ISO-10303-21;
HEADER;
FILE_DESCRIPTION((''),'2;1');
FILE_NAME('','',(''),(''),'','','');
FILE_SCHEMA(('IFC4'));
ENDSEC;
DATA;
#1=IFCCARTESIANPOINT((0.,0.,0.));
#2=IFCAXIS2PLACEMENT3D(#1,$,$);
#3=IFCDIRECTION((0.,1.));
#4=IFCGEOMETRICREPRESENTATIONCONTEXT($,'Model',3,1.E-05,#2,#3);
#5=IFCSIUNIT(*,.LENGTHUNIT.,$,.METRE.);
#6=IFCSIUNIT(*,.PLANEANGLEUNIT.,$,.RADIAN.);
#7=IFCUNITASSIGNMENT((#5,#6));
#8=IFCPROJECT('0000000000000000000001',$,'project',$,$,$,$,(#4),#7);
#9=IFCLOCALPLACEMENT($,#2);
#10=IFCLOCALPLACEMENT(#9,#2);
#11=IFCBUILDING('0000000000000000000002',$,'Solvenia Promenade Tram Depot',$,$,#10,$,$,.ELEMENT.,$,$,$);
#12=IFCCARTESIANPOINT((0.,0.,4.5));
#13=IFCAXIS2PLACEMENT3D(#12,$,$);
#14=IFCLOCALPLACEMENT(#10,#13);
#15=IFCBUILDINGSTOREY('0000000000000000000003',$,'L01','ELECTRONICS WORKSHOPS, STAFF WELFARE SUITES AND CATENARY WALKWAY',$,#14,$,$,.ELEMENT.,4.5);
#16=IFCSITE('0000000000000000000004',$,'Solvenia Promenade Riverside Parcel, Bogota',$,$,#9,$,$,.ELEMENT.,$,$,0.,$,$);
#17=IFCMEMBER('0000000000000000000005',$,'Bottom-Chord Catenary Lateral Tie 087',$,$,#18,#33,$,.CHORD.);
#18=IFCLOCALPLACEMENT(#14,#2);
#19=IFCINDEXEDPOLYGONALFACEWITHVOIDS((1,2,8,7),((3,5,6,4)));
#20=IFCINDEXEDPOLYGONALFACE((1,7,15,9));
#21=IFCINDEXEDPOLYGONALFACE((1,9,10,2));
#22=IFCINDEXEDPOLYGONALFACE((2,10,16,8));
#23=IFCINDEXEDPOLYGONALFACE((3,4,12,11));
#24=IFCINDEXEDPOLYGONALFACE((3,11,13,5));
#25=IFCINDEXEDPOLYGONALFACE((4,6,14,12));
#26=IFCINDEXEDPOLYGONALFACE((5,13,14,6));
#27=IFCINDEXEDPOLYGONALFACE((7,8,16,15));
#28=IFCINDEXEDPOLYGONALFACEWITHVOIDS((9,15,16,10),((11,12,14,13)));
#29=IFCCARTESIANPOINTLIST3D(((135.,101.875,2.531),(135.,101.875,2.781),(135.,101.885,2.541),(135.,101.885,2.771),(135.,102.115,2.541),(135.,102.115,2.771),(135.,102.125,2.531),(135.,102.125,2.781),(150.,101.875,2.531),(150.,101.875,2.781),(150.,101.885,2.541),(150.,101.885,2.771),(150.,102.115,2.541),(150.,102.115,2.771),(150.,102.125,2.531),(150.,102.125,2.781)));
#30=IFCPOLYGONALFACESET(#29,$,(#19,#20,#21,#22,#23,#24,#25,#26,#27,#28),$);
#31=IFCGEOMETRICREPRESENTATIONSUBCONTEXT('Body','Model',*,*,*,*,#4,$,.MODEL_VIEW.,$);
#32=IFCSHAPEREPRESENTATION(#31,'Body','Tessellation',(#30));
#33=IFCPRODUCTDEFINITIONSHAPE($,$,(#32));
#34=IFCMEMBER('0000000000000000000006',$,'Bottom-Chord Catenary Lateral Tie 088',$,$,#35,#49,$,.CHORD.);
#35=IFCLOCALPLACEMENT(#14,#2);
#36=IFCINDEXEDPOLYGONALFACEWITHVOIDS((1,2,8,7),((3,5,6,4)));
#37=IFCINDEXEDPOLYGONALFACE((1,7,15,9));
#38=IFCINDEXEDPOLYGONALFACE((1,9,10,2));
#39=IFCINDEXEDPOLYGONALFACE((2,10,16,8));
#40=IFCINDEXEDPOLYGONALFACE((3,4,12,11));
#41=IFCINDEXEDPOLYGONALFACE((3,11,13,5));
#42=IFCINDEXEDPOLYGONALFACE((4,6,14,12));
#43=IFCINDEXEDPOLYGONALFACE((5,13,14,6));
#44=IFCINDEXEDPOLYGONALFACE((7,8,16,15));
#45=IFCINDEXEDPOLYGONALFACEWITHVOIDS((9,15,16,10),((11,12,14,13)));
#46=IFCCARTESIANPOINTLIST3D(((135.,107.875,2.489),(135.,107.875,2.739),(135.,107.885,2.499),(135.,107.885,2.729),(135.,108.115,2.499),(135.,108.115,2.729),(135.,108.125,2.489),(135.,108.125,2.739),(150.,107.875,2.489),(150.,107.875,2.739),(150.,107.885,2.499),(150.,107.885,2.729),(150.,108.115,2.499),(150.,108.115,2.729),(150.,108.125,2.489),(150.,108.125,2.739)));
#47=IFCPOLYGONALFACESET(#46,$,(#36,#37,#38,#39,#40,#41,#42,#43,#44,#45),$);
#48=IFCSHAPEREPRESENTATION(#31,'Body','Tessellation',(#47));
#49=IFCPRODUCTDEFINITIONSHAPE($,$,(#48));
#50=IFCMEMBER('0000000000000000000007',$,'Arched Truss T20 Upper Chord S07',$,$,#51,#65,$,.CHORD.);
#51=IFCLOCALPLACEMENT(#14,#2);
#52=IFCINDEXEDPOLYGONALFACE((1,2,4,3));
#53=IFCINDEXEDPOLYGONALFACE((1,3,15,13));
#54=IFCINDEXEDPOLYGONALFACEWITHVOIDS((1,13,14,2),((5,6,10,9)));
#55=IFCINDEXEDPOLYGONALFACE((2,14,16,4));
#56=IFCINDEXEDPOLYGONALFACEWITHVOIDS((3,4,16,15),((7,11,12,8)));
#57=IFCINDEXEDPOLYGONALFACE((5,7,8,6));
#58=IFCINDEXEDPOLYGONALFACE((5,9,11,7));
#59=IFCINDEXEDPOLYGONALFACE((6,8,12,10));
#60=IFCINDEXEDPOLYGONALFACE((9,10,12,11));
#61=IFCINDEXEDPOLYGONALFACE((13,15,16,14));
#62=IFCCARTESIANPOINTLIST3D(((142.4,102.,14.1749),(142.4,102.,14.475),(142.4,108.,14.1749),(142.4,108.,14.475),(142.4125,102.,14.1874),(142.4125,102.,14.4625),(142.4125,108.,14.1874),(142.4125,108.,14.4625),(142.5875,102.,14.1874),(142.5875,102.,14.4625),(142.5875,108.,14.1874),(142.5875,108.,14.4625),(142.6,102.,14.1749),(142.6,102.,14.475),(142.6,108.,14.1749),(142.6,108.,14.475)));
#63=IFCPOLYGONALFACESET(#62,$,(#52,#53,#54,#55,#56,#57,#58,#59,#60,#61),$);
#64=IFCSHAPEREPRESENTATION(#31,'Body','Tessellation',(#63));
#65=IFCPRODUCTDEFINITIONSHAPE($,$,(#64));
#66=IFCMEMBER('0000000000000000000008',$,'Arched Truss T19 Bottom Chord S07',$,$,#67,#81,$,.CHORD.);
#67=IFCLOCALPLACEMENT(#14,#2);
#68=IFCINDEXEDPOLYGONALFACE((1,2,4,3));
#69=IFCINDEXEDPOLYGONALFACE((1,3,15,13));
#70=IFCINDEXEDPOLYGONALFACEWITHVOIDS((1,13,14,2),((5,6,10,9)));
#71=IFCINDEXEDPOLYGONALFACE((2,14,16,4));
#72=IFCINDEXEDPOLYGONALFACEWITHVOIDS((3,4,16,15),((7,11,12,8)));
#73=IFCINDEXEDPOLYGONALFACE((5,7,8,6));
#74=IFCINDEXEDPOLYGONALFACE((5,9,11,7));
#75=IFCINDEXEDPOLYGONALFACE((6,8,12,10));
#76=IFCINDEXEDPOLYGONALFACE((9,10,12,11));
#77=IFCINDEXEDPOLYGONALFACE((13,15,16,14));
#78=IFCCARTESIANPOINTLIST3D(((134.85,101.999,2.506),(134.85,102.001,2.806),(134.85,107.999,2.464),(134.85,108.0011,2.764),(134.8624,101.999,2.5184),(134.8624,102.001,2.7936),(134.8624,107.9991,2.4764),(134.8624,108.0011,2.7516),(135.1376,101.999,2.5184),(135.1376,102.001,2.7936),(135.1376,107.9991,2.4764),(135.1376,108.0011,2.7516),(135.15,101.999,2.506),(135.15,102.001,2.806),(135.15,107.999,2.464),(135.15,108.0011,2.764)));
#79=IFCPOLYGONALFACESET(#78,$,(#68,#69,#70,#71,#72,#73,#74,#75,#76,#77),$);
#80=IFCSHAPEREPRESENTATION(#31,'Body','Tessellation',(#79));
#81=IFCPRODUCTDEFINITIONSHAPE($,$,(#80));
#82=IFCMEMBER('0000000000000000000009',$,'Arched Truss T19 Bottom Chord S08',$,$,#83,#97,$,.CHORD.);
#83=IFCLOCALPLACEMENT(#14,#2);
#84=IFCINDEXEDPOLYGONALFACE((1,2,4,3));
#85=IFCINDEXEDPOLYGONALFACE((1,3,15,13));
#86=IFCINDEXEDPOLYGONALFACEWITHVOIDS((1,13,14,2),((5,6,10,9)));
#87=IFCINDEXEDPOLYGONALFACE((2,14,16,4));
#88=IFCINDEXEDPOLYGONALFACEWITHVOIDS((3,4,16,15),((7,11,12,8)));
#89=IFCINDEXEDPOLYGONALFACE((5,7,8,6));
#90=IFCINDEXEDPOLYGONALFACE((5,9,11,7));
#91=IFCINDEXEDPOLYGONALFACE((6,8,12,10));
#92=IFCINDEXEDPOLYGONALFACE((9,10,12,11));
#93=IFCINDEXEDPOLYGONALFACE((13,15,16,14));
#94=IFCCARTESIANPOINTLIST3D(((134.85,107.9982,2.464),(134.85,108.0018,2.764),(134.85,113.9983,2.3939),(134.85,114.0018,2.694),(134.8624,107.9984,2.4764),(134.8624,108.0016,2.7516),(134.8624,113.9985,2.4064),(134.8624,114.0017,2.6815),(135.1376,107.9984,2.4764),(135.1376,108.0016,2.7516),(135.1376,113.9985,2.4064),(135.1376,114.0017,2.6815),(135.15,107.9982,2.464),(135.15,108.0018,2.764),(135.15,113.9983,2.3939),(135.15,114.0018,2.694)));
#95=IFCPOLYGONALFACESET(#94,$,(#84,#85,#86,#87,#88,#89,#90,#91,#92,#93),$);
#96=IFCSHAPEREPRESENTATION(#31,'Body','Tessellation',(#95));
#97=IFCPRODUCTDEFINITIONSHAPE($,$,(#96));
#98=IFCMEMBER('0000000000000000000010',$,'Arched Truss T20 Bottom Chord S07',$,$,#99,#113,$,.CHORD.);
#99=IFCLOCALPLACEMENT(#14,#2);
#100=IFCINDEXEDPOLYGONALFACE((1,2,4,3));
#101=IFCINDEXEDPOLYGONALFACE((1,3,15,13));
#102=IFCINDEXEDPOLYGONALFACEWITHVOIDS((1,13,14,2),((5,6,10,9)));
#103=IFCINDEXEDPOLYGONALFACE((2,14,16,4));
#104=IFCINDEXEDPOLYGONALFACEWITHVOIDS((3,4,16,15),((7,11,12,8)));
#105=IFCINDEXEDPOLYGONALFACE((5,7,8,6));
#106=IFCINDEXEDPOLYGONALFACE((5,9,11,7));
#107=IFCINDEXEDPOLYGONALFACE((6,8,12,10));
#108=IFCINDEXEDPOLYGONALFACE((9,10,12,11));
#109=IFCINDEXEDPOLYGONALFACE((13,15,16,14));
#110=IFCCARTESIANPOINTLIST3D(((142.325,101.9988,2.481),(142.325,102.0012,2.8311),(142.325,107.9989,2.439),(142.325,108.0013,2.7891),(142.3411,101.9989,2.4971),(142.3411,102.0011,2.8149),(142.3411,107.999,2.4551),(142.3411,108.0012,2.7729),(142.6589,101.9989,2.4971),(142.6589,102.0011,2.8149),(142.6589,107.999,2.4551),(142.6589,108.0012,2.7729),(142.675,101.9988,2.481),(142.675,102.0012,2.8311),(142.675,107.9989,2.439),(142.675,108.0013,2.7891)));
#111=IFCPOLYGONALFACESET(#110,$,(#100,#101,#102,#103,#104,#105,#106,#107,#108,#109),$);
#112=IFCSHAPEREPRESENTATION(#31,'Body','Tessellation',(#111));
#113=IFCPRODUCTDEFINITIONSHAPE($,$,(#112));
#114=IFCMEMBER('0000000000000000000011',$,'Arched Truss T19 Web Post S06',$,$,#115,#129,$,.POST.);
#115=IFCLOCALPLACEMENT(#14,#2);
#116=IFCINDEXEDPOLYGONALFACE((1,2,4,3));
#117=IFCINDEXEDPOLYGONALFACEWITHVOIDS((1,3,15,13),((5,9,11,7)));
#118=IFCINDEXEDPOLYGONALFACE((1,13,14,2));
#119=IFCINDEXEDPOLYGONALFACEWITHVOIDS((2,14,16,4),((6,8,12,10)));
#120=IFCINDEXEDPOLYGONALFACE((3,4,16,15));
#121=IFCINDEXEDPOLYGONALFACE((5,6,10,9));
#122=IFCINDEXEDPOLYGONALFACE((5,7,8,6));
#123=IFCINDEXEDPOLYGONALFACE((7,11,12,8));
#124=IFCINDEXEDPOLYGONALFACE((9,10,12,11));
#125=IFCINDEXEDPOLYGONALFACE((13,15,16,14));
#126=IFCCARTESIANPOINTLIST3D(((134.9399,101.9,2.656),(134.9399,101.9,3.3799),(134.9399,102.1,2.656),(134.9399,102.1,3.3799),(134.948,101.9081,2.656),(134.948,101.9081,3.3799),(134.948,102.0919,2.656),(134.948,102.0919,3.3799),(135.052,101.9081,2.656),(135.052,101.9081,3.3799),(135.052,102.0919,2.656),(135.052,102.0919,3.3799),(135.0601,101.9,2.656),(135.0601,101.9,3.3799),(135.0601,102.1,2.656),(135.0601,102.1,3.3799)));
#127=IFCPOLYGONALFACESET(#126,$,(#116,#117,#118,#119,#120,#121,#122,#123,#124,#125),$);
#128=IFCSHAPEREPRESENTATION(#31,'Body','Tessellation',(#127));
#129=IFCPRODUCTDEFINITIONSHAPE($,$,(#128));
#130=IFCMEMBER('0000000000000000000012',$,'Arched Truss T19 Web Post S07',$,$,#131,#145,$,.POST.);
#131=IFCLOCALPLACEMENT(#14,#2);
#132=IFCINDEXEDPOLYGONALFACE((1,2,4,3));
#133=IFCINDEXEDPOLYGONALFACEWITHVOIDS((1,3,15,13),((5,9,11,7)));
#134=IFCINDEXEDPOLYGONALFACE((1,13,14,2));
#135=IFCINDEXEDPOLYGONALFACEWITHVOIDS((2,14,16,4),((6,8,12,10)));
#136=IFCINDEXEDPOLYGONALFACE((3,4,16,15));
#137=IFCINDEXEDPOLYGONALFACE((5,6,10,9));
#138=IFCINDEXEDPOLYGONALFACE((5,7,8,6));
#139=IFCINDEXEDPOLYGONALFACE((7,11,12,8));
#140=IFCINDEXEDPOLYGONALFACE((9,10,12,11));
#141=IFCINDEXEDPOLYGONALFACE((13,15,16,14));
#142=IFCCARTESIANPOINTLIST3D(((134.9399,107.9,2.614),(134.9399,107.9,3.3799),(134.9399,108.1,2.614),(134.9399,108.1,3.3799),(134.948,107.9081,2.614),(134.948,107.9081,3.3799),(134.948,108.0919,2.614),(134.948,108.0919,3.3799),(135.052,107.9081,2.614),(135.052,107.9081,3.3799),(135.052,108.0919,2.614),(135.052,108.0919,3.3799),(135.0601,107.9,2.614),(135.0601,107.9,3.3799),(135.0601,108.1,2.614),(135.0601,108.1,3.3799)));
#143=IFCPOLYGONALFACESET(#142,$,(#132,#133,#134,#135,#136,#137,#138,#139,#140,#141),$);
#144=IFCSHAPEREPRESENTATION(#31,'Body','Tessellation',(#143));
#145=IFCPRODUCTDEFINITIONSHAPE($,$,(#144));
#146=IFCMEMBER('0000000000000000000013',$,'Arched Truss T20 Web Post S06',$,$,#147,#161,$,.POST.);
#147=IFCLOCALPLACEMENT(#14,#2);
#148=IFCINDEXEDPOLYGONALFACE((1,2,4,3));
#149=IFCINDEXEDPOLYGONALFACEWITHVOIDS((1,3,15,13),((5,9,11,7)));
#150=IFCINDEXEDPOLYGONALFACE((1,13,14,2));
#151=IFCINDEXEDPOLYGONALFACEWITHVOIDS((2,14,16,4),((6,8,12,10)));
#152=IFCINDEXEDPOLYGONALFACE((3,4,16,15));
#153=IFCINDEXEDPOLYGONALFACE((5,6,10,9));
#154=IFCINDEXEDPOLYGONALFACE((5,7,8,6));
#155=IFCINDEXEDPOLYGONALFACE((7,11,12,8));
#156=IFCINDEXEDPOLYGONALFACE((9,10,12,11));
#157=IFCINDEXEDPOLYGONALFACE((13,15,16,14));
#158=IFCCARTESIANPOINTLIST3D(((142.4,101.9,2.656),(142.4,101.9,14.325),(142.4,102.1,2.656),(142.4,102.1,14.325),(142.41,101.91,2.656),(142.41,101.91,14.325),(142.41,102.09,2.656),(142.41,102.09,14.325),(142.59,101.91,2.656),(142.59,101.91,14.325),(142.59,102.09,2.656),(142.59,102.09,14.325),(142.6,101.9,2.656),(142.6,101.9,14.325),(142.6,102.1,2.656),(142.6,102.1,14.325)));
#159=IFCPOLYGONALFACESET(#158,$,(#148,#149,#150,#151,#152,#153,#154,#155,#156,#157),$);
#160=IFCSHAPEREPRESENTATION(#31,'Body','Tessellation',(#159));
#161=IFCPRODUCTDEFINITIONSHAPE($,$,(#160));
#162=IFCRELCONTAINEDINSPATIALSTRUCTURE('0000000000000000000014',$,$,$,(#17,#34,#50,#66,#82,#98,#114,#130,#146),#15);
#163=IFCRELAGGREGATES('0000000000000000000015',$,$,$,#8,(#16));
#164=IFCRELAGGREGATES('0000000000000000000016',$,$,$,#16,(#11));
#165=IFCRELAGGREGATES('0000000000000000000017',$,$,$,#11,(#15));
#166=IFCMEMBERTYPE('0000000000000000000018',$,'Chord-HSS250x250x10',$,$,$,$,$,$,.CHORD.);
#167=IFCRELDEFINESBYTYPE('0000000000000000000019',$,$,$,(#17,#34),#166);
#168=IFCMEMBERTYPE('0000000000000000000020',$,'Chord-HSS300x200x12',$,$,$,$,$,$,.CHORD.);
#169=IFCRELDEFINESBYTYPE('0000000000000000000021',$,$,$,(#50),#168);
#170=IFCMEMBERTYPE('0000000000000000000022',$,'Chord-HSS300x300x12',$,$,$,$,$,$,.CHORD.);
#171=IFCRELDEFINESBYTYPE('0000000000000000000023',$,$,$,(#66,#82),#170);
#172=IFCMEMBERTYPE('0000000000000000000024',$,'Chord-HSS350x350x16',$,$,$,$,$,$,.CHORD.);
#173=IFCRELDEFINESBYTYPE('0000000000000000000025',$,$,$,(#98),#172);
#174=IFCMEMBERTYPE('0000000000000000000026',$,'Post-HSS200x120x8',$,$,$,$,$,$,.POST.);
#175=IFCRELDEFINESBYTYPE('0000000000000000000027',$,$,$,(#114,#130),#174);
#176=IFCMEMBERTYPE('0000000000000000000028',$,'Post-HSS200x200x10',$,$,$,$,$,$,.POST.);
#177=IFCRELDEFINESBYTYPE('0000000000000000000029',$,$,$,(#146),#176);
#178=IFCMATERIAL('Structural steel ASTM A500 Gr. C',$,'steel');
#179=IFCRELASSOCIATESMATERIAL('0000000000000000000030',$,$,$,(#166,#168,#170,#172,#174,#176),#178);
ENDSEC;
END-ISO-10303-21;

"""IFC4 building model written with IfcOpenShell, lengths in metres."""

from ifc_helpers import new_model, si_unit, direction, frame, origin, origin_2d, place, context, subcontext, project, spatial, hollow_rectangle, extrude, material, material_profile, profile_set, type_object, element, save


model = new_model("IFC4")

# Units and contexts
model_context = context("Model", 3, precision=1e-05, world=origin(), true_north=direction((0.0, 1.0)))
body_context = subcontext(model_context, "Body", "Model", "MODEL_VIEW")
ifc_project = project(units=[si_unit("LENGTHUNIT", "METRE"), si_unit("PLANEANGLEUNIT", "RADIAN")], contexts=[model_context])

# Site, building, storey
site_placement = place(None, origin())
site = spatial("IfcSite", under=ifc_project, at=site_placement, Name="Solvenia Promenade Riverside Parcel, Bogota", CompositionType="ELEMENT", RefElevation=0.0)
building_placement = place(site_placement, origin())
building = spatial("IfcBuilding", under=site, at=building_placement, Name="Solvenia Promenade Tram Depot", CompositionType="ELEMENT")
storey_placement = place(building_placement, frame((0.0, 0.0, 4.5)))
storey = spatial("IfcBuildingStorey", under=building, at=storey_placement, Name="L01", Description="ELECTRONICS WORKSHOPS, STAFF WELFARE SUITES AND CATENARY WALKWAY", CompositionType="ELEMENT", Elevation=4.5)

# Members
ifc_material_1 = material(Name="Structural steel ASTM A500 Gr. C", Category="steel")
ifc_material_profile_1 = material_profile(ifc_material_1, hollow_rectangle(XDim=0.25, YDim=0.25, WallThickness=0.01, at=origin_2d()), Name="HSS250x250x10", Category="steel")
ifc_profile_set_1 = profile_set([ifc_material_profile_1], Name="Structural steel ASTM A500 Gr. C")
member_type_1 = type_object("IfcMemberType", Name="Chord-HSS250x250x10", PredefinedType="CHORD", material=ifc_profile_set_1)
for number, where, z_axis, x_axis, name in (
    (1, (135.0, 102.0, 2.656), (1.0, 0.0, 0.0), (0.0, 1.0, 0.0), "Bottom-Chord Catenary Lateral Tie 087"),
    (2, (135.0, 108.0, 2.614), (1.0, 0.0, 0.0), (0.0, 1.0, 0.0), "Bottom-Chord Catenary Lateral Tie 088"),
):
    element("IfcMember", number, at=place(storey_placement, frame(where, z_axis=z_axis, x_axis=x_axis)), inside=storey, type_object=member_type_1, Name=name, PredefinedType="CHORD", context=body_context, shape_type="SweptSolid", body=[
        extrude(hollow_rectangle(XDim=0.25, YDim=0.25, WallThickness=0.01, at=origin_2d()), origin(), (0.0, 0.0, 1.0), 15.0),
    ])
ifc_material_profile_2 = material_profile(ifc_material_1, hollow_rectangle(XDim=0.2, YDim=0.3, WallThickness=0.0125, at=origin_2d()), Name="HSS300x200x12.5", Category="steel")
ifc_profile_set_2 = profile_set([ifc_material_profile_2], Name="Structural steel ASTM A500 Gr. C")
member_type_2 = type_object("IfcMemberType", Name="Chord-HSS300x200x12", PredefinedType="CHORD", material=ifc_profile_set_2)
member_1_placement = place(storey_placement, frame((142.5, 102.0, 14.325), z_axis=(0.0, 1.0, 0.0), x_axis=(-1.0, 0.0, 0.0)))
element("IfcMember", 3, at=member_1_placement, inside=storey, type_object=member_type_2, Name="Arched Truss T20 Upper Chord S07", PredefinedType="CHORD", context=body_context, shape_type="SweptSolid", body=[
    extrude(hollow_rectangle(XDim=0.2, YDim=0.3, WallThickness=0.0125, at=origin_2d()), origin(), (0.0, 0.0, 1.0), 6.0),
])
ifc_material_profile_3 = material_profile(ifc_material_1, hollow_rectangle(XDim=0.3, YDim=0.3, WallThickness=0.0125, at=origin_2d()), Name="HSS300x300x12.5", Category="steel")
ifc_profile_set_3 = profile_set([ifc_material_profile_3], Name="Structural steel ASTM A500 Gr. C")
member_type_3 = type_object("IfcMemberType", Name="Chord-HSS300x300x12", PredefinedType="CHORD", material=ifc_profile_set_3)
member_2_placement = place(storey_placement, frame((135.0, 102.0, 2.656), z_axis=(0.0, 0.999976, -0.006999), x_axis=(-1.0, 0.0, 0.0)))
element("IfcMember", 4, at=member_2_placement, inside=storey, type_object=member_type_3, Name="Arched Truss T19 Bottom Chord S07", PredefinedType="CHORD", context=body_context, shape_type="SweptSolid", body=[
    extrude(hollow_rectangle(XDim=0.3, YDim=0.3, WallThickness=0.0125, at=origin_2d()), origin(), (0.0, 0.0, 1.0), 6.0002),
])
member_3_placement = place(storey_placement, frame((135.0, 108.0, 2.614), z_axis=(0.0, 0.999932, -0.011677), x_axis=(-1.0, 0.0, 0.0)))
element("IfcMember", 5, at=member_3_placement, inside=storey, type_object=member_type_3, Name="Arched Truss T19 Bottom Chord S08", PredefinedType="CHORD", context=body_context, shape_type="SweptSolid", body=[
    extrude(hollow_rectangle(XDim=0.3, YDim=0.3, WallThickness=0.0125, at=origin_2d()), origin(), (0.0, 0.0, 1.0), 6.0005),
])
ifc_material_profile_4 = material_profile(ifc_material_1, hollow_rectangle(XDim=0.3501, YDim=0.3501, WallThickness=0.0161, at=origin_2d()), Name="HSS350x350x16", Category="steel")
ifc_profile_set_4 = profile_set([ifc_material_profile_4], Name="Structural steel ASTM A500 Gr. C")
member_type_4 = type_object("IfcMemberType", Name="Chord-HSS350x350x16", PredefinedType="CHORD", material=ifc_profile_set_4)
member_4_placement = place(storey_placement, frame((142.5, 102.0, 2.656), z_axis=(0.0, 0.999976, -0.006999), x_axis=(-1.0, 0.0, 0.0)))
element("IfcMember", 6, at=member_4_placement, inside=storey, type_object=member_type_4, Name="Arched Truss T20 Bottom Chord S07", PredefinedType="CHORD", context=body_context, shape_type="SweptSolid", body=[
    extrude(hollow_rectangle(XDim=0.3501, YDim=0.3501, WallThickness=0.0161, at=origin_2d()), origin(), (0.0, 0.0, 1.0), 6.0002),
])
ifc_material_profile_5 = material_profile(ifc_material_1, hollow_rectangle(XDim=0.1201, YDim=0.2, WallThickness=0.0081, at=origin_2d()), Name="HSS200x120x8", Category="steel")
ifc_profile_set_5 = profile_set([ifc_material_profile_5], Name="Structural steel ASTM A500 Gr. C")
member_type_5 = type_object("IfcMemberType", Name="Post-HSS200x120x8", PredefinedType="POST", material=ifc_profile_set_5)
member_5_placement = place(storey_placement, frame((135.0, 102.0, 2.656), z_axis=(0.0, 0.0, 1.0), x_axis=(1.0, 0.0, 0.0)))
element("IfcMember", 7, at=member_5_placement, inside=storey, type_object=member_type_5, Name="Arched Truss T19 Web Post S06", PredefinedType="POST", context=body_context, shape_type="SweptSolid", body=[
    extrude(hollow_rectangle(XDim=0.1201, YDim=0.2, WallThickness=0.0081, at=origin_2d()), origin(), (0.0, 0.0, 1.0), 0.7239),
])
member_6_placement = place(storey_placement, frame((135.0, 108.0, 2.614), z_axis=(0.0, 0.0, 1.0), x_axis=(1.0, 0.0, 0.0)))
element("IfcMember", 8, at=member_6_placement, inside=storey, type_object=member_type_5, Name="Arched Truss T19 Web Post S07", PredefinedType="POST", context=body_context, shape_type="SweptSolid", body=[
    extrude(hollow_rectangle(XDim=0.1201, YDim=0.2, WallThickness=0.0081, at=origin_2d()), origin(), (0.0, 0.0, 1.0), 0.7659),
])
ifc_material_profile_6 = material_profile(ifc_material_1, hollow_rectangle(XDim=0.2, YDim=0.2, WallThickness=0.01, at=origin_2d()), Name="HSS200x200x10", Category="steel")
ifc_profile_set_6 = profile_set([ifc_material_profile_6], Name="Structural steel ASTM A500 Gr. C")
member_type_6 = type_object("IfcMemberType", Name="Post-HSS200x200x10", PredefinedType="POST", material=ifc_profile_set_6)
member_7_placement = place(storey_placement, frame((142.5, 102.0, 2.656), z_axis=(0.0, 0.0, 1.0), x_axis=(1.0, 0.0, 0.0)))
element("IfcMember", 9, at=member_7_placement, inside=storey, type_object=member_type_6, Name="Arched Truss T20 Web Post S06", PredefinedType="POST", context=body_context, shape_type="SweptSolid", body=[
    extrude(hollow_rectangle(XDim=0.2, YDim=0.2, WallThickness=0.01, at=origin_2d()), origin(), (0.0, 0.0, 1.0), 11.6689),
])

save(model, "model.ifc")
